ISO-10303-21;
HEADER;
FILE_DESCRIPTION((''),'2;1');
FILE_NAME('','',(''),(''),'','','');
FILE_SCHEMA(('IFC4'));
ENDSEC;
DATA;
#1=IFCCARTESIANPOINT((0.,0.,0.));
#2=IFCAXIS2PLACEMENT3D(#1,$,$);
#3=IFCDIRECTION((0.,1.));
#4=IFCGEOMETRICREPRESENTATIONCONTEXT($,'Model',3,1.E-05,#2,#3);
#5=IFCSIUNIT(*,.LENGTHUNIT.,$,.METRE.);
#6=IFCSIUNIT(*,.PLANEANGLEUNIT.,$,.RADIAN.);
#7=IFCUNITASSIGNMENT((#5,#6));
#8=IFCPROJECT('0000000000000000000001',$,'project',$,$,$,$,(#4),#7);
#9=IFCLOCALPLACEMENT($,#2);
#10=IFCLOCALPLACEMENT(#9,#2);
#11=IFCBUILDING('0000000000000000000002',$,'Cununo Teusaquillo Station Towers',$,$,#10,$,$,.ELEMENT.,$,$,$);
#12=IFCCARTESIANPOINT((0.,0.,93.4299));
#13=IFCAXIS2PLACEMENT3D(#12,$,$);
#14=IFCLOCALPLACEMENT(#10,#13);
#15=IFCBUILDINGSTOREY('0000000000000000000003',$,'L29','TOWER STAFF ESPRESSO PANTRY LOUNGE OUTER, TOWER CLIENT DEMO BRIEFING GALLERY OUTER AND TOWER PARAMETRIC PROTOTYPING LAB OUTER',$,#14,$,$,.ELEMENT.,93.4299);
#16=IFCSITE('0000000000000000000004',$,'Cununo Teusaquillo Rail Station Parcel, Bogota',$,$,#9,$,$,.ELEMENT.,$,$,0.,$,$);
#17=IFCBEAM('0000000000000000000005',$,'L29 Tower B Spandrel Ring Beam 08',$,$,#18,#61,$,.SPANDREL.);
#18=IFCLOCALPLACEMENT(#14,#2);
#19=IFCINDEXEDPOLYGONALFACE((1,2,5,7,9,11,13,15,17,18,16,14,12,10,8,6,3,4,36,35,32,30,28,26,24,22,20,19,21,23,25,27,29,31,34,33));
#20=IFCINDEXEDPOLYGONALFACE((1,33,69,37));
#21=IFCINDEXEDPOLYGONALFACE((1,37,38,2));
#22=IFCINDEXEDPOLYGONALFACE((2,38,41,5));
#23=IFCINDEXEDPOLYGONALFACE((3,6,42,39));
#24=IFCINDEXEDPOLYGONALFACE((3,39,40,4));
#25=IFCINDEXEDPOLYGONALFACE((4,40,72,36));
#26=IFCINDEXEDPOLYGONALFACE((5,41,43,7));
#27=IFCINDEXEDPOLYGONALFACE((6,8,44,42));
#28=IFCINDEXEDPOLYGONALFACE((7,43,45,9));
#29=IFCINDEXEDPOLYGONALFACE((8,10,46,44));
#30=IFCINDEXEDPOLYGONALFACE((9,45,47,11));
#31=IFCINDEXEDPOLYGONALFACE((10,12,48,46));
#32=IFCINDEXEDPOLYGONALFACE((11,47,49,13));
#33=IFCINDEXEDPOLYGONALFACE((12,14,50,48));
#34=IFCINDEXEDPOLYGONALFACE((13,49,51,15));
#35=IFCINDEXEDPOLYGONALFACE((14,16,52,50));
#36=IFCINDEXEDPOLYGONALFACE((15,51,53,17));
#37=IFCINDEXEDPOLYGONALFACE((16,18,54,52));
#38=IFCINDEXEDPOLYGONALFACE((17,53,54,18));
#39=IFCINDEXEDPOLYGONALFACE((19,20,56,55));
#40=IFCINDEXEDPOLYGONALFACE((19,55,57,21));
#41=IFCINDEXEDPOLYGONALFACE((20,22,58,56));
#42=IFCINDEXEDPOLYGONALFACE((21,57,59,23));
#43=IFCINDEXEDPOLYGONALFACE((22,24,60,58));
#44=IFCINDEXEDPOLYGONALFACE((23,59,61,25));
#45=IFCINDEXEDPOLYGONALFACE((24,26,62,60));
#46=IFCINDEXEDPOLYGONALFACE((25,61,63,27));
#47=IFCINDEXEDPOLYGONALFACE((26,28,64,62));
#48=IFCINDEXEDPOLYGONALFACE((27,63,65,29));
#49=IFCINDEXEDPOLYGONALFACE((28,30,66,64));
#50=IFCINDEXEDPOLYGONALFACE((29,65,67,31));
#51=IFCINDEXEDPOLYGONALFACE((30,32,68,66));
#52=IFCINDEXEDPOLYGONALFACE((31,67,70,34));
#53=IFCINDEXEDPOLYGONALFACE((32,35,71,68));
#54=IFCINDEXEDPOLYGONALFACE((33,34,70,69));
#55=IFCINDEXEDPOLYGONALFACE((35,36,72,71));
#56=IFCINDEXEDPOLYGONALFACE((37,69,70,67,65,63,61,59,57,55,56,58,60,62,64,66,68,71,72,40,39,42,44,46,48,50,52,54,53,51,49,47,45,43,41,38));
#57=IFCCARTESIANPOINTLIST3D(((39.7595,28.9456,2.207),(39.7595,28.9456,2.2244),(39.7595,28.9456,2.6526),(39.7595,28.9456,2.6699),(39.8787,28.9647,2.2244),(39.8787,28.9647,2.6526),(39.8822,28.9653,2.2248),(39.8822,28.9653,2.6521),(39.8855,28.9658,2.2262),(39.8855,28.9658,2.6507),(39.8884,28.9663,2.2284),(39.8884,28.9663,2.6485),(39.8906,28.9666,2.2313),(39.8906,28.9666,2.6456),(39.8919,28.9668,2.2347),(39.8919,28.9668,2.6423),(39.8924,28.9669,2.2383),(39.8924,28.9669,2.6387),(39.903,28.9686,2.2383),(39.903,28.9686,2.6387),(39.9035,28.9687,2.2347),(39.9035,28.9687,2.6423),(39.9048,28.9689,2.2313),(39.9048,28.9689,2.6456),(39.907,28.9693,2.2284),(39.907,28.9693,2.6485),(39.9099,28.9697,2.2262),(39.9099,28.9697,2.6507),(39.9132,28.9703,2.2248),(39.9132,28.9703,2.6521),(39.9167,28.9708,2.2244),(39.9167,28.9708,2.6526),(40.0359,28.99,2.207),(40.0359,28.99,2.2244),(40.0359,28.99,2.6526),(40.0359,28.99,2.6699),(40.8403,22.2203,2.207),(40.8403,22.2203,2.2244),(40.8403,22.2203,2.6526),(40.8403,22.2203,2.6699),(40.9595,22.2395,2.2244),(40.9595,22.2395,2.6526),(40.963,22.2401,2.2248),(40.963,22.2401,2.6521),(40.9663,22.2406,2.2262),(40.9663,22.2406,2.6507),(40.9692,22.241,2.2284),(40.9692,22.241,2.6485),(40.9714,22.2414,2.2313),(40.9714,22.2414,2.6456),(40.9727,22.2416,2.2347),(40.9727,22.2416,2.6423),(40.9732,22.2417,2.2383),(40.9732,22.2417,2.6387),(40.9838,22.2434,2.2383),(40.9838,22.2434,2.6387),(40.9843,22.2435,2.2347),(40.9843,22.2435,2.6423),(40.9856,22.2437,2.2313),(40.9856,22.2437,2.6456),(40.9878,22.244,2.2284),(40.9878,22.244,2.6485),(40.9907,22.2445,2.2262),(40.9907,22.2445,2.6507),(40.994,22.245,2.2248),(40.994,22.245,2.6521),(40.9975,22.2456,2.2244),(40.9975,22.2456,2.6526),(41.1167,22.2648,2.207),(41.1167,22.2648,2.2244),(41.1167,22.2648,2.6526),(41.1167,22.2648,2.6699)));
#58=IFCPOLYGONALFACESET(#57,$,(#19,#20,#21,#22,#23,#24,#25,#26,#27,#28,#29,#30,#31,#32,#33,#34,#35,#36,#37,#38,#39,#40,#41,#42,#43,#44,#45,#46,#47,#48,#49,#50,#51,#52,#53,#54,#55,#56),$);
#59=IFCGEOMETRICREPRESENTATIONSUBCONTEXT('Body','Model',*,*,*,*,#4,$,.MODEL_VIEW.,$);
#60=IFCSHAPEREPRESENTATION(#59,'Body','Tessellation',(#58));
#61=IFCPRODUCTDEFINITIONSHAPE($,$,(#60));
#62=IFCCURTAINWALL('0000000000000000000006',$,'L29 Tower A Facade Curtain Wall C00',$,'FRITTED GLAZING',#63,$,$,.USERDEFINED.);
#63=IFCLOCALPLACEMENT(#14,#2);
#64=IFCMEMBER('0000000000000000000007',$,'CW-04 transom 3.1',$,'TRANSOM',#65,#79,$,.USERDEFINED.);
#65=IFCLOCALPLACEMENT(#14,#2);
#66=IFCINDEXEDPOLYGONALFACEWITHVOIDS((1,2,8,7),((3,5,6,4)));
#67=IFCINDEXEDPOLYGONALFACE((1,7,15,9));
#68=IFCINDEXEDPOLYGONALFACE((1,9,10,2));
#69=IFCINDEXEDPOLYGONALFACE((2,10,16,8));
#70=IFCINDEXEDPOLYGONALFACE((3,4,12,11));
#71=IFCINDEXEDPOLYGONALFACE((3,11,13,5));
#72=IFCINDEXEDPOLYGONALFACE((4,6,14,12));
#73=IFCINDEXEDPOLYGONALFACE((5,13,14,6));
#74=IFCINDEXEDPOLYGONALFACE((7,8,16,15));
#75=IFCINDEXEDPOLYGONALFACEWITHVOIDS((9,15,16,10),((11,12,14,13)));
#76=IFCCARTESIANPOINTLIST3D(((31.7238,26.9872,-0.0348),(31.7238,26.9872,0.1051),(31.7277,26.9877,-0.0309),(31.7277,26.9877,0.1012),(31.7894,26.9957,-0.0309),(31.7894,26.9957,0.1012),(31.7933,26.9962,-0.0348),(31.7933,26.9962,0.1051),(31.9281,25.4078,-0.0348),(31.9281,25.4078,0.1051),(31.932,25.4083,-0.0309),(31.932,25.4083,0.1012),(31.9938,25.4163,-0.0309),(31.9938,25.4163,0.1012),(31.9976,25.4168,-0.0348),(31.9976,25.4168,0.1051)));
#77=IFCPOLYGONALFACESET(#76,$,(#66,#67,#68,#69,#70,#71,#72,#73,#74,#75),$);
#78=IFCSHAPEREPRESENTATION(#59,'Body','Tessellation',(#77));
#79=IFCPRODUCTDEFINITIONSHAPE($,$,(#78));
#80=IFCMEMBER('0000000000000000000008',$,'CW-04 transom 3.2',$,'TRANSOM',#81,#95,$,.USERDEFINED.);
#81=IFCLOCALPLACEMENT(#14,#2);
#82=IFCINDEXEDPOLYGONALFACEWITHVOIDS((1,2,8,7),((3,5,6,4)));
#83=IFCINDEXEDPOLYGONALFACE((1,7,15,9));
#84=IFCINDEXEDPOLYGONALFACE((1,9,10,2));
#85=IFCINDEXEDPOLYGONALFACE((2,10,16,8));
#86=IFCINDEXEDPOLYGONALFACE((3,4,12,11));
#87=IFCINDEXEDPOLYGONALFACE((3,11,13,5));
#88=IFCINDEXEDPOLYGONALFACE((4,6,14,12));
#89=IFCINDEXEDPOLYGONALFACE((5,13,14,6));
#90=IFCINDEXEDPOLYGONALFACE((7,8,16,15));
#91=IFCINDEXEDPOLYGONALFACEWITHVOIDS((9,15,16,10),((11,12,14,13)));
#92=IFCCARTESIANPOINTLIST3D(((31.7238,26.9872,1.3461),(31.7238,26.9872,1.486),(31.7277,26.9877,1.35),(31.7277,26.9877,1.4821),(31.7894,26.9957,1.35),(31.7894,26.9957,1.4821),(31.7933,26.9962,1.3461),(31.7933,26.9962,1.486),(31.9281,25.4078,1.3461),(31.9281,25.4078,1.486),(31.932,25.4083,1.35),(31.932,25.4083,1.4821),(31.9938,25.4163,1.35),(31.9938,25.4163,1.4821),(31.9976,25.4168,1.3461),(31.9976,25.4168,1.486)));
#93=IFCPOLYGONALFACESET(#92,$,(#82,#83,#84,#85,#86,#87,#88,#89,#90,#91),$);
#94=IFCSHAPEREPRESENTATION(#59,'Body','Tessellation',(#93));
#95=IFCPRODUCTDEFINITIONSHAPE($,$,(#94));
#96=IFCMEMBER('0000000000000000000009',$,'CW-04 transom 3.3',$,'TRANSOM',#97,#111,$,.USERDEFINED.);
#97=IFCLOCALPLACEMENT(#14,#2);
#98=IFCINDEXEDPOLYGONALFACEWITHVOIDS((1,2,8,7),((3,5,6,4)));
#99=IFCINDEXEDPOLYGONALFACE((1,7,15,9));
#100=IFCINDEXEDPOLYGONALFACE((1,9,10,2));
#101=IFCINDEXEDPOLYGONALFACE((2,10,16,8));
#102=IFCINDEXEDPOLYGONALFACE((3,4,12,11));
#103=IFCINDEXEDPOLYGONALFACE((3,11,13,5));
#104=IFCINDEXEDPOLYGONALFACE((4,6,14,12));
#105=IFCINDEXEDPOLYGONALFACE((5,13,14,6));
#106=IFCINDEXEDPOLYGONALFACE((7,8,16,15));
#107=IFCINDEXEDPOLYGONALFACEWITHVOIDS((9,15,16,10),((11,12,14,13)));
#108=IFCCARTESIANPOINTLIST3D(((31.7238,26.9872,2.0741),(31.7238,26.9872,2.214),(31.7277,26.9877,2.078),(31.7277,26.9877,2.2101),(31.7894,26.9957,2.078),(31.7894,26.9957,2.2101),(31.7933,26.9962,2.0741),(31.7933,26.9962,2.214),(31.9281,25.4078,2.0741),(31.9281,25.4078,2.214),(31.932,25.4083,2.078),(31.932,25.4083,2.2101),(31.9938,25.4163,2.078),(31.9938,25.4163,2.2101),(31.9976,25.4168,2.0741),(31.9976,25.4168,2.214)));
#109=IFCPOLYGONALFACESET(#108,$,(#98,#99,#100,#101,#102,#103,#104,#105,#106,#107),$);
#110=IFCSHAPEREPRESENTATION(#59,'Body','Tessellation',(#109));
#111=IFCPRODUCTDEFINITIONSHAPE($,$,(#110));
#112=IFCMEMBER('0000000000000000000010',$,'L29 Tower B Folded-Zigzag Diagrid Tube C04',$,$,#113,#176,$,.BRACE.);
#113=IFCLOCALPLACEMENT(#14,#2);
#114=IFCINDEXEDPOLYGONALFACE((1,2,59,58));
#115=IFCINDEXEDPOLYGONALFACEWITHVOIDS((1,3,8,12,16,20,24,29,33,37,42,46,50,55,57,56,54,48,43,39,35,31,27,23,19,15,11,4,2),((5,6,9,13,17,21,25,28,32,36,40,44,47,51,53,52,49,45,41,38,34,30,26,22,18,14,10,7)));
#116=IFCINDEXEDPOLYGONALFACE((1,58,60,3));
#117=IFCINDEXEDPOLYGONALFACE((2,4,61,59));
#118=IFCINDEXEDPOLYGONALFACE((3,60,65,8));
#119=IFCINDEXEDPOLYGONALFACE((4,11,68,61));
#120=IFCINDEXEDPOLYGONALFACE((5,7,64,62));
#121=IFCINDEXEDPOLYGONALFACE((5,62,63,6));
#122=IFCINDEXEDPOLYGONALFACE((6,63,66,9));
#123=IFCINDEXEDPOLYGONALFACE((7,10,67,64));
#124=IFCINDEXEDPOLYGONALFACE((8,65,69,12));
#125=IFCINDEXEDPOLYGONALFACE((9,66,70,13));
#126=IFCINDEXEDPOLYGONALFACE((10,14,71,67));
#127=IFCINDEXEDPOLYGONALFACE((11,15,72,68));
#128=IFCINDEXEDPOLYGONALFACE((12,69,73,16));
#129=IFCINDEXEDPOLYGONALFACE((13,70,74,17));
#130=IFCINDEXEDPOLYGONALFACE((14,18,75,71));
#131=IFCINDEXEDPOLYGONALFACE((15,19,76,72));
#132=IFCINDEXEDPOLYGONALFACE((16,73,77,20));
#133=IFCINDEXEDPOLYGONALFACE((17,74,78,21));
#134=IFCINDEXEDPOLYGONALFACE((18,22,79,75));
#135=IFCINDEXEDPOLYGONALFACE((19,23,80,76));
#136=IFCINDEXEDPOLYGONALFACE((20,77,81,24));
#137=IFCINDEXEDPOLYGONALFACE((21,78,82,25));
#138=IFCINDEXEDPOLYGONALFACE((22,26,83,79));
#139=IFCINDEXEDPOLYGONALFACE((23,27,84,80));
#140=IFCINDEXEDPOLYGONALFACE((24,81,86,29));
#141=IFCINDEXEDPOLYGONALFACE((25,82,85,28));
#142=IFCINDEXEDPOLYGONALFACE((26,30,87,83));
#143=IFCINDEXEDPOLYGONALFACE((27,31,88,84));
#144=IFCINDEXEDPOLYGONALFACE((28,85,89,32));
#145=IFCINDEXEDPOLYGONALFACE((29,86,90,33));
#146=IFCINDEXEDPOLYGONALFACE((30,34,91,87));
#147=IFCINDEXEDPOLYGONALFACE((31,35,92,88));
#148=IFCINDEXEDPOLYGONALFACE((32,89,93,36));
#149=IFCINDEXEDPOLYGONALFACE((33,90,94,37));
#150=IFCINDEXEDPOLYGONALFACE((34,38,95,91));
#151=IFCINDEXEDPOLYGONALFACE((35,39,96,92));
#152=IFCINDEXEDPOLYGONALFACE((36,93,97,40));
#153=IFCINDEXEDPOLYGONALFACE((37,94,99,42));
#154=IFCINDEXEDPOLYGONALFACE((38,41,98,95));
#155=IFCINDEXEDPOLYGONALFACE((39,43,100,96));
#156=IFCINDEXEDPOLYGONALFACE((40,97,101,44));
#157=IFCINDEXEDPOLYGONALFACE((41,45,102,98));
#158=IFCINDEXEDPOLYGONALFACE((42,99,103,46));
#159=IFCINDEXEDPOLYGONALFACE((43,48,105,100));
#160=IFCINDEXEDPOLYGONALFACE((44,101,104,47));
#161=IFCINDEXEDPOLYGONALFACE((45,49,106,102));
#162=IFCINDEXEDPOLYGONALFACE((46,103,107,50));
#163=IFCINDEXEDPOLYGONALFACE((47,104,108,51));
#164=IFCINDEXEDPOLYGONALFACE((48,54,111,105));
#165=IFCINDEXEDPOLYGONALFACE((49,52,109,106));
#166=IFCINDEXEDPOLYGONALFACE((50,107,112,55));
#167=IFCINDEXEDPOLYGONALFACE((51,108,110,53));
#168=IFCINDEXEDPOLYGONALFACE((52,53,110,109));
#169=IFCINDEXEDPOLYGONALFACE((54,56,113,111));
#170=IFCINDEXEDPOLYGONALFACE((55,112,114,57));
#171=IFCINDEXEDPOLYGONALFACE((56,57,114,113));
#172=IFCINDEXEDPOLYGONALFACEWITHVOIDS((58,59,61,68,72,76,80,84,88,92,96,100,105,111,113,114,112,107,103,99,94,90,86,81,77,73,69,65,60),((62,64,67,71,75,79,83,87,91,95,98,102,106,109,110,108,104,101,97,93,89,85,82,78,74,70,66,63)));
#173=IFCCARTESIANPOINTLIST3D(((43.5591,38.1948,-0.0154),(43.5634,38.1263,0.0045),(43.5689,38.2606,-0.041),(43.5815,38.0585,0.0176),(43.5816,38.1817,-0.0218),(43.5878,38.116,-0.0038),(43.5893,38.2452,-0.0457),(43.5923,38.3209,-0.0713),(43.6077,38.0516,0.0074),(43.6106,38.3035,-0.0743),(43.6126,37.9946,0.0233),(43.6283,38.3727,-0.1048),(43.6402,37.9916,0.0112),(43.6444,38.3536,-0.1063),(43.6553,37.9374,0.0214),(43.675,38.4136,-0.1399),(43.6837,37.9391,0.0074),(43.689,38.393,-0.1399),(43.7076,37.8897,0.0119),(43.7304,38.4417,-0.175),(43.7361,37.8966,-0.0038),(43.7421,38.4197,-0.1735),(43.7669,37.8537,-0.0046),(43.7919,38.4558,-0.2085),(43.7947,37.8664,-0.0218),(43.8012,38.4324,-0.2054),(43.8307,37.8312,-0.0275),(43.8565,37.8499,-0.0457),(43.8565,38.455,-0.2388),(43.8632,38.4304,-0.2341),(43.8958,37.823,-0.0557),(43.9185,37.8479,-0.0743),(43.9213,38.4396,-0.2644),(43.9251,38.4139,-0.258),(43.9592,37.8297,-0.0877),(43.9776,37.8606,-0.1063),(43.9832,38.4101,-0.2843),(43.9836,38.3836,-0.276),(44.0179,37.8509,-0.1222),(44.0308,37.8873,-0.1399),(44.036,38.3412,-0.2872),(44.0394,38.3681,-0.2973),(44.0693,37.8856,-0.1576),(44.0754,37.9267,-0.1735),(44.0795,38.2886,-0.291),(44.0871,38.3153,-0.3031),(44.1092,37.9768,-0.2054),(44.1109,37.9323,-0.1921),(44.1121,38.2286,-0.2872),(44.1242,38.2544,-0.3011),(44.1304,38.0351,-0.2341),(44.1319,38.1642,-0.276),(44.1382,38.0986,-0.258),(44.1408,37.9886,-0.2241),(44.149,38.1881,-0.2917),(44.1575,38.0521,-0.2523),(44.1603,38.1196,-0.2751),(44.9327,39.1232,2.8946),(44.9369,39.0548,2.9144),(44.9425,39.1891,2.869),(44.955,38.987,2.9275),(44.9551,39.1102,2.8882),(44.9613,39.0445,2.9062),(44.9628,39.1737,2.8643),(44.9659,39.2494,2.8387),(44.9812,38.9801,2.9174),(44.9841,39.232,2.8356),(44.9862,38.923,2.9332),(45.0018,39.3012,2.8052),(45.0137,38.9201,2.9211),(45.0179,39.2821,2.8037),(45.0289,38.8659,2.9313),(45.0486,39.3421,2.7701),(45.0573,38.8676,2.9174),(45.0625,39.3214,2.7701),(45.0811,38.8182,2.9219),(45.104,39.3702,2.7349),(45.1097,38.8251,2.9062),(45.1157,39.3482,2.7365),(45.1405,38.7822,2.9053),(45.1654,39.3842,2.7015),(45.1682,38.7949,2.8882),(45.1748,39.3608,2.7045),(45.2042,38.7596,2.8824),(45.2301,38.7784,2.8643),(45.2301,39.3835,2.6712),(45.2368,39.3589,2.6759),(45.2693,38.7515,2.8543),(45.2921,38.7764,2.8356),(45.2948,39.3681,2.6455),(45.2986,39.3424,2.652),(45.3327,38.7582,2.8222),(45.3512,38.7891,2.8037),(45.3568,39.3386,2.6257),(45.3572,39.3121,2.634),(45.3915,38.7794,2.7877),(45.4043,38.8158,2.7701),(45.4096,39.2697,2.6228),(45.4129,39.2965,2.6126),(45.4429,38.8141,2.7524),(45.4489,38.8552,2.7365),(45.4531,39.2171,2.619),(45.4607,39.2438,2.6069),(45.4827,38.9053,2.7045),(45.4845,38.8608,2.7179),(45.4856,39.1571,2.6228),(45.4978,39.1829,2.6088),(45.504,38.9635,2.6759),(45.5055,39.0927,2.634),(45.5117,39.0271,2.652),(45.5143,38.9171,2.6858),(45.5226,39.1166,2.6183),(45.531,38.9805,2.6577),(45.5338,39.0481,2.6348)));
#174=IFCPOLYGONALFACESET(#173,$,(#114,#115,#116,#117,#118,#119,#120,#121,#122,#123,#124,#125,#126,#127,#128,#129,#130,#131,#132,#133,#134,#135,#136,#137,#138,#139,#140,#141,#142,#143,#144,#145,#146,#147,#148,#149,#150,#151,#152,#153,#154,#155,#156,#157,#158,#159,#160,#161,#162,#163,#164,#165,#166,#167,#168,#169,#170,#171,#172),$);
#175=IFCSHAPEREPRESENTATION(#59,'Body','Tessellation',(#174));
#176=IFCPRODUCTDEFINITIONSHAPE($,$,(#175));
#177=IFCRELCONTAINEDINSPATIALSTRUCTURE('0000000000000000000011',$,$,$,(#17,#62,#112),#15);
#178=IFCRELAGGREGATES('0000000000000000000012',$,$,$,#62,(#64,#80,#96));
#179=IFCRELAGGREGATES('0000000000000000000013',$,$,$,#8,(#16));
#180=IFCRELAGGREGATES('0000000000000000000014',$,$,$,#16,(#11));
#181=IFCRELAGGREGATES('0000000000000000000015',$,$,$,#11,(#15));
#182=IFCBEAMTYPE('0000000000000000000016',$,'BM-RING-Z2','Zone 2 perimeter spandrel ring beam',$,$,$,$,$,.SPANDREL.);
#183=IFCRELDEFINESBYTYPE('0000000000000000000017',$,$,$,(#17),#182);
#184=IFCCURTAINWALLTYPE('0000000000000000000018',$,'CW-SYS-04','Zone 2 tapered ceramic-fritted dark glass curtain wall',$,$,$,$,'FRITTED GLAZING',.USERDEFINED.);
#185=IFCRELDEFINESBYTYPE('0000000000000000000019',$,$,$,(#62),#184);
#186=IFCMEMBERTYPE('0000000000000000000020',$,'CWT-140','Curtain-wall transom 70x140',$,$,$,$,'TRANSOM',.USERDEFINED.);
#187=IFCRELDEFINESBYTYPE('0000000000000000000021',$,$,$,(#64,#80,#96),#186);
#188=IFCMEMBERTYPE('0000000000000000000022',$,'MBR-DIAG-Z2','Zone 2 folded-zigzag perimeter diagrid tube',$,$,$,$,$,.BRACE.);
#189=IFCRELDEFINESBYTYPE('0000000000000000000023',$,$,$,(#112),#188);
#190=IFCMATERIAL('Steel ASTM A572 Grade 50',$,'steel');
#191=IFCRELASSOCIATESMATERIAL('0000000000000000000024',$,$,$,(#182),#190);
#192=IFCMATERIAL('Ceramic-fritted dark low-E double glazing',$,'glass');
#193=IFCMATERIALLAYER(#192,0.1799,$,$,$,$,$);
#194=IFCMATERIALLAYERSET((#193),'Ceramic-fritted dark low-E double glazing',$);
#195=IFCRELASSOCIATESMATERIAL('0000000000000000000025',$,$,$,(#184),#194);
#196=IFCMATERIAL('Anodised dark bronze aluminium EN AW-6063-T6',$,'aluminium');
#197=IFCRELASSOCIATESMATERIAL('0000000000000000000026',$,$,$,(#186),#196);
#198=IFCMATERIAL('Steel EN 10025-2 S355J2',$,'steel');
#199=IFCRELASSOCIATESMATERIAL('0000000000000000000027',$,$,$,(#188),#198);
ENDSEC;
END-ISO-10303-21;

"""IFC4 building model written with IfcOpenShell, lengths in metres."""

from ifc_helpers import new_model, si_unit, direction, frame, origin, origin_2d, place, context, subcontext, project, spatial, hollow_rectangle, hollow_circle, i_section, extrude, material, layer, layer_set, material_profile, profile_set, type_object, element, aggregate, save


model = new_model("IFC4")

# Units and contexts
model_context = context("Model", 3, precision=1e-05, world=origin(), true_north=direction((0.0, 1.0)))
body_context = subcontext(model_context, "Body", "Model", "MODEL_VIEW")
ifc_project = project(units=[si_unit("LENGTHUNIT", "METRE"), si_unit("PLANEANGLEUNIT", "RADIAN")], contexts=[model_context])

# Site, building, storey
site_placement = place(None, origin())
site = spatial("IfcSite", under=ifc_project, at=site_placement, Name="Cununo Teusaquillo Rail Station Parcel, Bogota", CompositionType="ELEMENT", RefElevation=0.0)
building_placement = place(site_placement, origin())
building = spatial("IfcBuilding", under=site, at=building_placement, Name="Cununo Teusaquillo Station Towers", CompositionType="ELEMENT")
storey_placement = place(building_placement, frame((0.0, 0.0, 93.4299)))
storey = spatial("IfcBuildingStorey", under=building, at=storey_placement, Name="L29", Description="TOWER STAFF ESPRESSO PANTRY LOUNGE OUTER, TOWER CLIENT DEMO BRIEFING GALLERY OUTER AND TOWER PARAMETRIC PROTOTYPING LAB OUTER", CompositionType="ELEMENT", Elevation=93.4299)

# Beam
ifc_material_1 = material(Name="Steel ASTM A572 Grade 50", Category="steel")
ifc_material_profile_1 = material_profile(ifc_material_1, i_section(OverallWidth=0.28, OverallDepth=0.4629, WebThickness=0.0107, FlangeThickness=0.0173, FilletRadius=0.0139, at=origin_2d()), Name="W18X76")
ifc_profile_set_1 = profile_set([ifc_material_profile_1], Name="Steel ASTM A572 Grade 50")
beam_type_1 = type_object("IfcBeamType", Name="BM-RING-Z2", Description="Zone 2 perimeter spandrel ring beam", PredefinedType="SPANDREL", material=ifc_profile_set_1)
beam_1_placement = place(storey_placement, frame((39.8977, 28.9678, 2.4385), z_axis=(0.158671, -0.987331, 0.0), x_axis=(0.987331, 0.158671, 0.0)))
element("IfcBeam", 1, at=beam_1_placement, inside=storey, type_object=beam_type_1, Name="L29 Tower B Spandrel Ring Beam 08", PredefinedType="SPANDREL", context=body_context, shape_type="SweptSolid", body=[
    extrude(i_section(OverallWidth=0.28, OverallDepth=0.4629, WebThickness=0.0107, FlangeThickness=0.0173, FilletRadius=0.0139, at=origin_2d()), origin(), (0.0, 0.0, 1.0), 6.8115),
])

# Curtain wall, members
ifc_material_2 = material(Name="Ceramic-fritted dark low-E double glazing", Category="glass")
ifc_layer_1 = layer(ifc_material_2, 0.1799)
ifc_layer_set_1 = layer_set([ifc_layer_1], Name="Ceramic-fritted dark low-E double glazing")
curtain_wall_type = type_object("IfcCurtainWallType", Name="CW-SYS-04", Description="Zone 2 tapered ceramic-fritted dark glass curtain wall", ElementType="FRITTED GLAZING", PredefinedType="USERDEFINED", material=ifc_layer_set_1)
curtain_wall_placement = place(storey_placement, origin())
curtain_wall = element("IfcCurtainWall", 2, at=curtain_wall_placement, inside=storey, type_object=curtain_wall_type, Name="L29 Tower A Facade Curtain Wall C00", ObjectType="FRITTED GLAZING", PredefinedType="USERDEFINED")
ifc_material_3 = material(Name="Anodised dark bronze aluminium EN AW-6063-T6", Category="aluminium")
ifc_material_profile_2 = material_profile(ifc_material_3, hollow_rectangle(XDim=0.0701, YDim=0.1399, WallThickness=0.0039, at=origin_2d()), Name="CW-TRAN-70x140")
ifc_profile_set_2 = profile_set([ifc_material_profile_2], Name="Anodised dark bronze aluminium EN AW-6063-T6")
member_type_1 = type_object("IfcMemberType", Name="CWT-140", Description="Curtain-wall transom 70x140", ElementType="TRANSOM", PredefinedType="USERDEFINED", material=ifc_profile_set_2)
member_1_placement = place(storey_placement, frame((31.7585, 26.9917, 0.0352), z_axis=(0.128317, -0.991733, 0.0), x_axis=(0.991733, 0.128317, 0.0)))
member_1 = element("IfcMember", 3, at=member_1_placement, type_object=member_type_1, Name="CW-04 transom 3.1", ObjectType="TRANSOM", PredefinedType="USERDEFINED", context=body_context, shape_type="SweptSolid", body=[
    extrude(hollow_rectangle(XDim=0.0701, YDim=0.1399, WallThickness=0.0039, at=origin_2d()), origin(), (0.0, 0.0, 1.0), 1.5925),
])
member_2_placement = place(storey_placement, frame((31.7585, 26.9917, 1.416), z_axis=(0.128317, -0.991733, 0.0), x_axis=(0.991733, 0.128317, 0.0)))
member_2 = element("IfcMember", 4, at=member_2_placement, type_object=member_type_1, Name="CW-04 transom 3.2", ObjectType="TRANSOM", PredefinedType="USERDEFINED", context=body_context, shape_type="SweptSolid", body=[
    extrude(hollow_rectangle(XDim=0.0701, YDim=0.1399, WallThickness=0.0039, at=origin_2d()), origin(), (0.0, 0.0, 1.0), 1.5925),
])
member_3_placement = place(storey_placement, frame((31.7585, 26.9917, 2.144), z_axis=(0.128317, -0.991733, 0.0), x_axis=(0.991733, 0.128317, 0.0)))
member_3 = element("IfcMember", 5, at=member_3_placement, type_object=member_type_1, Name="CW-04 transom 3.3", ObjectType="TRANSOM", PredefinedType="USERDEFINED", context=body_context, shape_type="SweptSolid", body=[
    extrude(hollow_rectangle(XDim=0.0701, YDim=0.1399, WallThickness=0.0039, at=origin_2d()), origin(), (0.0, 0.0, 1.0), 1.5925),
])

# Member
ifc_material_4 = material(Name="Steel EN 10025-2 S355J2", Category="steel")
ifc_material_profile_3 = material_profile(ifc_material_4, hollow_circle(Radius=0.3301, WallThickness=0.0249, at=origin_2d()), Name="CHS 660x25")
ifc_profile_set_3 = profile_set([ifc_material_profile_3], Name="Steel EN 10025-2 S355J2")
member_type_2 = type_object("IfcMemberType", Name="MBR-DIAG-Z2", Description="Zone 2 folded-zigzag perimeter diagrid tube", PredefinedType="BRACE", material=ifc_profile_set_3)
member_4_placement = place(storey_placement, frame((43.8599, 38.1401, -0.1399), z_axis=(0.410125, 0.277232, 0.868873), x_axis=(-0.560024, 0.828476, 0.0)))
element("IfcMember", 6, at=member_4_placement, inside=storey, type_object=member_type_2, Name="L29 Tower B Folded-Zigzag Diagrid Tube C04", PredefinedType="BRACE", context=body_context, shape_type="SweptSolid", body=[
    extrude(hollow_circle(Radius=0.3301, WallThickness=0.0249, at=origin_2d()), origin(), (0.0, 0.0, 1.0), 3.3491),
])

aggregate(curtain_wall, [member_1, member_2, member_3])

save(model, "model.ifc")
